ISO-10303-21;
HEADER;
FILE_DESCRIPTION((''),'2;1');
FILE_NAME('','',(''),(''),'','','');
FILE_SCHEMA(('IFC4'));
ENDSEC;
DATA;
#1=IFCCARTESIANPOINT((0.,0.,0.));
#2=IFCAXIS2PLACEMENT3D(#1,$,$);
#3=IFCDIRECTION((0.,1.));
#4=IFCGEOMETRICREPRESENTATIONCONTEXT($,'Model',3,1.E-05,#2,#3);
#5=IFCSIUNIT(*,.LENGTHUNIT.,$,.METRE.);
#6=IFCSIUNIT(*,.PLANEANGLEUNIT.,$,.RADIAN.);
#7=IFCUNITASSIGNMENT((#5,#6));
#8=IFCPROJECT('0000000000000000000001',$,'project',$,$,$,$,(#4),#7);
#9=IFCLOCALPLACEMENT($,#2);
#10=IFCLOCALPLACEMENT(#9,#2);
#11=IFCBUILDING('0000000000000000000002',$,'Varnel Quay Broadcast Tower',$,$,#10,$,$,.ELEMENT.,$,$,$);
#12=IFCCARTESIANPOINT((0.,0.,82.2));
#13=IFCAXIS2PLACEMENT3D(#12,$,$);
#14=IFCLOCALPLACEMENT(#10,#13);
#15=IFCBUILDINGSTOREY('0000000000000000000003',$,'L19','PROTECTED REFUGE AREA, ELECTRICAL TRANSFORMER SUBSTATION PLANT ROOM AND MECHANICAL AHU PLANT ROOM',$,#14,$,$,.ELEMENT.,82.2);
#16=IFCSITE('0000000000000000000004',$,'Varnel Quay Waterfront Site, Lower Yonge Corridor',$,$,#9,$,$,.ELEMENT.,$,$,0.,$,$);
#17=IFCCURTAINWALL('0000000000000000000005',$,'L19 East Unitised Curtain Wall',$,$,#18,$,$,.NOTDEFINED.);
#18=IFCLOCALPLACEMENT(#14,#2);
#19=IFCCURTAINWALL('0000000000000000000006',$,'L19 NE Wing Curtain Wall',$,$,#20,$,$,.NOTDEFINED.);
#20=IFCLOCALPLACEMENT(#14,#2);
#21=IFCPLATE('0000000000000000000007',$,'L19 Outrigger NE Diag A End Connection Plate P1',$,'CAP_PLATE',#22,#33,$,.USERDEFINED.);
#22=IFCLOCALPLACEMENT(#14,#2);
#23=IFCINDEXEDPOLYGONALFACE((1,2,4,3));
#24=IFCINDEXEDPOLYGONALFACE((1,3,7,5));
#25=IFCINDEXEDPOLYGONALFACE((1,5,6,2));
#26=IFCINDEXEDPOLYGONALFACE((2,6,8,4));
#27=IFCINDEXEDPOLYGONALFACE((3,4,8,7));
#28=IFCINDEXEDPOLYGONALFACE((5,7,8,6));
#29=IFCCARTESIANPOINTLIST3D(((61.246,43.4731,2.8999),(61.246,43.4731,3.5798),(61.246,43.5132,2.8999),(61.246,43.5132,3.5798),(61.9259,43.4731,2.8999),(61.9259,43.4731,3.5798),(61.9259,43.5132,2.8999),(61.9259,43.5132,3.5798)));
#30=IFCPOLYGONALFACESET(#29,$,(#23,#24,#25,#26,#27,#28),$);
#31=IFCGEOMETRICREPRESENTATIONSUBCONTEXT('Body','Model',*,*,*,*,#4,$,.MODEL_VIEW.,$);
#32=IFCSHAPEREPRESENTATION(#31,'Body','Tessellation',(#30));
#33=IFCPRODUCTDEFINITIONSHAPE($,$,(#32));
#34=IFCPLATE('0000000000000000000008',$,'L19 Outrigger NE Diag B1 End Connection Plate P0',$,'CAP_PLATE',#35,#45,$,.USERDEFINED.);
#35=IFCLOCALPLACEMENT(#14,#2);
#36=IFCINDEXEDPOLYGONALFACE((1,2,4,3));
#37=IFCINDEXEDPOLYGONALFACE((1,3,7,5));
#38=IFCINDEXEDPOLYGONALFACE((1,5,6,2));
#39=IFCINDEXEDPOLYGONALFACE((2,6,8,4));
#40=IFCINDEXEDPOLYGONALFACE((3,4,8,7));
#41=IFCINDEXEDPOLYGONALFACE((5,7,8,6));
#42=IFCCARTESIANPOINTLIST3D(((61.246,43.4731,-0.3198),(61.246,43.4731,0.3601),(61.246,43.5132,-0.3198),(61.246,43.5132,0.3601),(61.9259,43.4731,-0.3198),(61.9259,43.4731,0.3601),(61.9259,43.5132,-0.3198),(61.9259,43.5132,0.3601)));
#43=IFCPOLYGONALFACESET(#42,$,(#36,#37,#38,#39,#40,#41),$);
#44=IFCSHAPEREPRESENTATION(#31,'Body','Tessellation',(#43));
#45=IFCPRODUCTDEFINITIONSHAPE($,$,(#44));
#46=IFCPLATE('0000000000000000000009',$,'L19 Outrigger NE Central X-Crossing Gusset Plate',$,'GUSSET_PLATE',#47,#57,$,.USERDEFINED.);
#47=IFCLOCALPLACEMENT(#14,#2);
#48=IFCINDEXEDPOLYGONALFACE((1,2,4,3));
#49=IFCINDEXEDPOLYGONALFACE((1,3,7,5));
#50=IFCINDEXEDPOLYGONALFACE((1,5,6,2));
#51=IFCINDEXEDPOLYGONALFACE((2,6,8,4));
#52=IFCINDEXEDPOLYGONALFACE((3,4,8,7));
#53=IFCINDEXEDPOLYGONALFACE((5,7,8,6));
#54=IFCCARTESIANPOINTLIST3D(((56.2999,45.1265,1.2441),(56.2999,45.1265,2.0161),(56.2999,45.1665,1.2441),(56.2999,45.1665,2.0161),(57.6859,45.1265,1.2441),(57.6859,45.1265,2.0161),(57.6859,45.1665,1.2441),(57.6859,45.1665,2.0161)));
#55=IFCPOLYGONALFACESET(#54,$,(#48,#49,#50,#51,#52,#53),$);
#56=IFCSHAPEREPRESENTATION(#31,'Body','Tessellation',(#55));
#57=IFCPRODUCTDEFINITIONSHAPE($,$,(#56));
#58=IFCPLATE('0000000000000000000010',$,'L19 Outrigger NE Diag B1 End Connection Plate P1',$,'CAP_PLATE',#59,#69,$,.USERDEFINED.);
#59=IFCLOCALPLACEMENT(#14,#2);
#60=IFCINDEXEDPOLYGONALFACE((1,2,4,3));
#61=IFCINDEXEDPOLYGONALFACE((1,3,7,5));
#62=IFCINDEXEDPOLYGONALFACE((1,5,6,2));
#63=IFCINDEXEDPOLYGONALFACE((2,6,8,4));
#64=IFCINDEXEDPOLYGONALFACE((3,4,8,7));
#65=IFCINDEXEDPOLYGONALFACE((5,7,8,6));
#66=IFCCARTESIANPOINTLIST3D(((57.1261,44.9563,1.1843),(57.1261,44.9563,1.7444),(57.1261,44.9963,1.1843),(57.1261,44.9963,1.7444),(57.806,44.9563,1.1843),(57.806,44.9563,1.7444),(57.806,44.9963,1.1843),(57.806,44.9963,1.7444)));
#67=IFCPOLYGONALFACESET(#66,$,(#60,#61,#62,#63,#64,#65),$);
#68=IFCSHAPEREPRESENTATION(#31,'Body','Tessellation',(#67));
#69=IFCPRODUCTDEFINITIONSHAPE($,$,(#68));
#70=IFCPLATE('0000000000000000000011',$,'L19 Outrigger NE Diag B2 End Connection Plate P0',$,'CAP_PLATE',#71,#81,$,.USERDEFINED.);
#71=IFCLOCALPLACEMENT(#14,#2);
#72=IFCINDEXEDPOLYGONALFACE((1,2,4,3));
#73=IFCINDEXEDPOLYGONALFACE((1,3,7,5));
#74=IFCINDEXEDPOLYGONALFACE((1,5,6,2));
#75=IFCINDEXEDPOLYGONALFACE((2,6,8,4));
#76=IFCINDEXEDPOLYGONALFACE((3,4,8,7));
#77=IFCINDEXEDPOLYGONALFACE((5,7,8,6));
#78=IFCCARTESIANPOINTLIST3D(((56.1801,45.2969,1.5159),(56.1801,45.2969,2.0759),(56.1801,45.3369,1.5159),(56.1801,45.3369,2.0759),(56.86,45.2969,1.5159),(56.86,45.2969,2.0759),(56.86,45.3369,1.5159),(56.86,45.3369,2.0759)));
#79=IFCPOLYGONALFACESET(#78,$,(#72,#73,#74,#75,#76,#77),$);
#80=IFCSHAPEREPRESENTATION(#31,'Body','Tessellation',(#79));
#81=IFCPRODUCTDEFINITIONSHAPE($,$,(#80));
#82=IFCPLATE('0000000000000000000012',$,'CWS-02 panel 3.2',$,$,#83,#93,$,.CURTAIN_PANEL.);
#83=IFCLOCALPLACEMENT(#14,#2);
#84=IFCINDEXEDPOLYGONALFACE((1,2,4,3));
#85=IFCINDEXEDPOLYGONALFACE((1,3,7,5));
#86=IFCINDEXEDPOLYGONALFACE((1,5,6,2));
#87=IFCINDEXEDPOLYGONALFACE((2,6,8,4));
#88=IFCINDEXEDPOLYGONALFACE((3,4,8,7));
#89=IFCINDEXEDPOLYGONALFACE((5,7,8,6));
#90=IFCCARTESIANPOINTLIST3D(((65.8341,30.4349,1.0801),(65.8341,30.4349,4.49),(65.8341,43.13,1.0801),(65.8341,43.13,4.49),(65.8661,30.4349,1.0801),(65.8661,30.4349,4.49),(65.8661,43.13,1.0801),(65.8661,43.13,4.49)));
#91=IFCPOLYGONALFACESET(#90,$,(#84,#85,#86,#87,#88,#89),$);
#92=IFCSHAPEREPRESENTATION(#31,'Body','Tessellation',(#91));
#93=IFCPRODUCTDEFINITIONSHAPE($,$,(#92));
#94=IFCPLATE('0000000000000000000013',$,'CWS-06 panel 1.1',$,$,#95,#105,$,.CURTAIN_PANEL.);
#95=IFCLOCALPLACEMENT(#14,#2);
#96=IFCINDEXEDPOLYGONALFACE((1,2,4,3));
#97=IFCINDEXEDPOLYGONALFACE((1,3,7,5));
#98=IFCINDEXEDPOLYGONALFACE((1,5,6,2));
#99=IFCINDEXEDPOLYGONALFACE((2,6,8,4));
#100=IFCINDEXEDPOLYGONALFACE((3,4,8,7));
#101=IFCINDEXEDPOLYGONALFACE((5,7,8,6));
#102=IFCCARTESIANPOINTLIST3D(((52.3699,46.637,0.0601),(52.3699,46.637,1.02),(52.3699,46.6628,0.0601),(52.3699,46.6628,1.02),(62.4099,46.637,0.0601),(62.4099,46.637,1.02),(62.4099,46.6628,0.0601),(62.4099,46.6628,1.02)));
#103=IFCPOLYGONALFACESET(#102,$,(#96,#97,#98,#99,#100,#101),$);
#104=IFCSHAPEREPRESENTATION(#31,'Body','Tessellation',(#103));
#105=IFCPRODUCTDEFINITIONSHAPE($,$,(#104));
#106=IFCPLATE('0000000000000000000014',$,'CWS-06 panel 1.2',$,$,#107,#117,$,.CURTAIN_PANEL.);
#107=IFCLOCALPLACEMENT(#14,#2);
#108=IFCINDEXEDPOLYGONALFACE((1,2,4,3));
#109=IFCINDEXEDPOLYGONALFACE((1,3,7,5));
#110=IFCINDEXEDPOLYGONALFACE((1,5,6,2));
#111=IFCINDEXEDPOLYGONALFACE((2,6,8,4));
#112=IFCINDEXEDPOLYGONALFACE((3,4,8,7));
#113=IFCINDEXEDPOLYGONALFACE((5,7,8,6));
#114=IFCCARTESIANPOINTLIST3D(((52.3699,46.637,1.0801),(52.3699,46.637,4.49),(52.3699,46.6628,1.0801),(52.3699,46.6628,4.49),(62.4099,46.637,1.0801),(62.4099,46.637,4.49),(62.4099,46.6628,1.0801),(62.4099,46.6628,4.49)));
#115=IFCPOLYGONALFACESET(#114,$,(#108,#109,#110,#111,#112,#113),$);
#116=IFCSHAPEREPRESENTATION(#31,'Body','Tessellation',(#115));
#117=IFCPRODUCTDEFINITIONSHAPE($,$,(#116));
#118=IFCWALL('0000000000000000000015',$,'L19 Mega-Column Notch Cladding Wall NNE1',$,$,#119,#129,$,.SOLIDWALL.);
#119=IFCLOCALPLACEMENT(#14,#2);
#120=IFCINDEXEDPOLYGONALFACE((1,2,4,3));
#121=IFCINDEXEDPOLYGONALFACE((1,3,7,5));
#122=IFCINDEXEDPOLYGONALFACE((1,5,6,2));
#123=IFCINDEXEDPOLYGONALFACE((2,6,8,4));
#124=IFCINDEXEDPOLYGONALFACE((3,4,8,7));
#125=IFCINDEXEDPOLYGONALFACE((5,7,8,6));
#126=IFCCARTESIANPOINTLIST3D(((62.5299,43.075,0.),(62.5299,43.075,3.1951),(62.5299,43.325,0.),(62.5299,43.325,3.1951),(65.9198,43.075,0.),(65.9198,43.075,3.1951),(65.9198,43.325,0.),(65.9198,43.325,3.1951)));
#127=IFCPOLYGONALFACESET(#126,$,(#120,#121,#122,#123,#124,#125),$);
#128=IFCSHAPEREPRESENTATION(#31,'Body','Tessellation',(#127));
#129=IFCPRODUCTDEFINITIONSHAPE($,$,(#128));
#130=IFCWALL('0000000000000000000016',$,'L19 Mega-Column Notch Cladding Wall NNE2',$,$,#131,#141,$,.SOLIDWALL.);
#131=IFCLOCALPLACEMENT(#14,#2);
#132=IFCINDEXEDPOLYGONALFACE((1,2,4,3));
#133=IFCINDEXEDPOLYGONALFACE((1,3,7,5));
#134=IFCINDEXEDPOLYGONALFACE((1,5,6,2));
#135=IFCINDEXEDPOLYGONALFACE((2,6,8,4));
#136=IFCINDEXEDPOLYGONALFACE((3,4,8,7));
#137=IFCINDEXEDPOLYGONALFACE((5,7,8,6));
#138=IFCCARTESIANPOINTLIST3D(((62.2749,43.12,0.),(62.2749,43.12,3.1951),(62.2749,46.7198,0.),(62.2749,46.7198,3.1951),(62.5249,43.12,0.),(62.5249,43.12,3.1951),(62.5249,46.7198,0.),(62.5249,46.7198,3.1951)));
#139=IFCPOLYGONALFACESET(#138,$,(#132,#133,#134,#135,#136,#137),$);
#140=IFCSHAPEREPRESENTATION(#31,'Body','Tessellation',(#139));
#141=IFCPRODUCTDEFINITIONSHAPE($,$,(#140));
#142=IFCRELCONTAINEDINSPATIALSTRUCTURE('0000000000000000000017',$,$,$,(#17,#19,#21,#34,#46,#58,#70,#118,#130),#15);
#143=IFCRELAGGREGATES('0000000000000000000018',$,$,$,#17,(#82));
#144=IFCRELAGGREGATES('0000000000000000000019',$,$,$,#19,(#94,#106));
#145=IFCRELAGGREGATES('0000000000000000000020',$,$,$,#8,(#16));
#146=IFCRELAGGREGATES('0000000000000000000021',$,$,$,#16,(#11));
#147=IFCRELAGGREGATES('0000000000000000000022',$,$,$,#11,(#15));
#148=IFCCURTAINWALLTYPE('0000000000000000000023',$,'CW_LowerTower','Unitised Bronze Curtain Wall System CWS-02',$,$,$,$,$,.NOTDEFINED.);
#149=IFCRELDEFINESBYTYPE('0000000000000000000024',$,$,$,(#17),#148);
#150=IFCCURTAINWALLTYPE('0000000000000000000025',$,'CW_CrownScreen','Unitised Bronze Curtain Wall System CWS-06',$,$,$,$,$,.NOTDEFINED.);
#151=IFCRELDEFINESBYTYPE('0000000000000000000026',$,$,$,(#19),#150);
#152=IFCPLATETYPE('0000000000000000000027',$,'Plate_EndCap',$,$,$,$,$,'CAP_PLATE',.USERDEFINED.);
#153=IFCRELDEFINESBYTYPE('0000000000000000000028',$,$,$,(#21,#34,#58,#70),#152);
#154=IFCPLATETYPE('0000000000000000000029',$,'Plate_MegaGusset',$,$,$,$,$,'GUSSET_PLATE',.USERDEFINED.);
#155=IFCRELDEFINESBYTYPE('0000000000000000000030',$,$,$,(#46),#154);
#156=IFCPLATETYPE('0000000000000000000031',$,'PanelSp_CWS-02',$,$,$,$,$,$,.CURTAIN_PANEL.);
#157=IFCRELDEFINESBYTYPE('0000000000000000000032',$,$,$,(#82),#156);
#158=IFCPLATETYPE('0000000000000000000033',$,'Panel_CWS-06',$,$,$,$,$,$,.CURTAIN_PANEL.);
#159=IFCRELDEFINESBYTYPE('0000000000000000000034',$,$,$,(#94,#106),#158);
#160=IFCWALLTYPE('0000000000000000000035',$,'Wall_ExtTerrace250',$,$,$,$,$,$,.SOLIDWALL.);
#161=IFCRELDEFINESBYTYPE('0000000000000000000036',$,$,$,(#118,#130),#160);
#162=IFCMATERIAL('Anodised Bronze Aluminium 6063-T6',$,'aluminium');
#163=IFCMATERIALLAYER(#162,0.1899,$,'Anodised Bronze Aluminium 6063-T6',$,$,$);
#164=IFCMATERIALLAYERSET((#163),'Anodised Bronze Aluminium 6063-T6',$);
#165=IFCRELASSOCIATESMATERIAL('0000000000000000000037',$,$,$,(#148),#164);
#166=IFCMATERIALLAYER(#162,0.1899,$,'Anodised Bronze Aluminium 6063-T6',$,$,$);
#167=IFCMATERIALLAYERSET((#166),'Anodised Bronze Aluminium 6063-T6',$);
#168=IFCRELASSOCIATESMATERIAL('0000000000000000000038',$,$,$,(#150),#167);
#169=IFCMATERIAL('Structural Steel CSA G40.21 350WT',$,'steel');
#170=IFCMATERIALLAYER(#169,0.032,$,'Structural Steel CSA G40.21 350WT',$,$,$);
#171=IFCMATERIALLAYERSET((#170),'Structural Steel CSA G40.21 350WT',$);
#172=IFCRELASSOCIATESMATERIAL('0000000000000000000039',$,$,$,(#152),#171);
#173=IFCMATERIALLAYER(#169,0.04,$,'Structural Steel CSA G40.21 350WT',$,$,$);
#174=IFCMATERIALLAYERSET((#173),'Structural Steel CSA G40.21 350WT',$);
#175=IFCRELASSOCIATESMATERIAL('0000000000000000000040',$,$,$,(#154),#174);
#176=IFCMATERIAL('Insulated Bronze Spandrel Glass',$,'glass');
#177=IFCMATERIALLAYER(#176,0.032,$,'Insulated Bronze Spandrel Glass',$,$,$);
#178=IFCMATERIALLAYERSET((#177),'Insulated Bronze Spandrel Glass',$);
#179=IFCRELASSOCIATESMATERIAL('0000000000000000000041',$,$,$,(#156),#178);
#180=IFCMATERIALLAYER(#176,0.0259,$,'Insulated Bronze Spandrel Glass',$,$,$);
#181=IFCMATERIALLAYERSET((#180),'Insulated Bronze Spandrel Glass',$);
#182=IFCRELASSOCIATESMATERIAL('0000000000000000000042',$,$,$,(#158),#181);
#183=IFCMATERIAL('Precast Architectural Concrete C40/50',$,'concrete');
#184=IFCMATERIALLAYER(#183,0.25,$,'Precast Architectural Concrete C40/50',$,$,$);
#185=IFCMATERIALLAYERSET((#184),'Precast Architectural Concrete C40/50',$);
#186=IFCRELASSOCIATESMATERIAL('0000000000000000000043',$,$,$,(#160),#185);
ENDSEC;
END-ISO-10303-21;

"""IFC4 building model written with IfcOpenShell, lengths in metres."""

from ifc_helpers import new_model, si_unit, direction, frame, frame_2d, origin, origin_2d, place, context, subcontext, project, spatial, rectangle, extrude, source, transform, mapped, material, layer, layer_set, type_object, type_shapes, element, aggregate, save


model = new_model("IFC4")

# Units and contexts
model_context = context("Model", 3, precision=1e-05, world=origin(), true_north=direction((0.0, 1.0)))
body_context = subcontext(model_context, "Body", "Model", "MODEL_VIEW")
ifc_project = project(units=[si_unit("LENGTHUNIT", "METRE"), si_unit("PLANEANGLEUNIT", "RADIAN")], contexts=[model_context])

# Site, building, storey
site_placement = place(None, origin())
site = spatial("IfcSite", under=ifc_project, at=site_placement, Name="Varnel Quay Waterfront Site, Lower Yonge Corridor", CompositionType="ELEMENT", RefElevation=0.0)
building_placement = place(site_placement, origin())
building = spatial("IfcBuilding", under=site, at=building_placement, Name="Varnel Quay Broadcast Tower", CompositionType="ELEMENT")
storey_placement = place(building_placement, frame((0.0, 0.0, 82.2)))
storey = spatial("IfcBuildingStorey", under=building, at=storey_placement, Name="L19", Description="PROTECTED REFUGE AREA, ELECTRICAL TRANSFORMER SUBSTATION PLANT ROOM AND MECHANICAL AHU PLANT ROOM", CompositionType="ELEMENT", Elevation=82.2)

# Shared definitions
ifc_material_1 = material(Name="Structural Steel CSA G40.21 350WT", Category="steel")

# Curtain walls
ifc_material_2 = material(Name="Anodised Bronze Aluminium 6063-T6", Category="aluminium")
ifc_layer_1 = layer(ifc_material_2, 0.1899, Name="Anodised Bronze Aluminium 6063-T6")
ifc_layer_set_1 = layer_set([ifc_layer_1], Name="Anodised Bronze Aluminium 6063-T6")
curtain_wall_type_1 = type_object("IfcCurtainWallType", Name="CW_LowerTower", Description="Unitised Bronze Curtain Wall System CWS-02", PredefinedType="NOTDEFINED", material=ifc_layer_set_1)
curtain_wall_1_placement = place(storey_placement, origin())
curtain_wall_1 = element("IfcCurtainWall", 1, at=curtain_wall_1_placement, inside=storey, type_object=curtain_wall_type_1, Name="L19 East Unitised Curtain Wall", PredefinedType="NOTDEFINED")
ifc_layer_2 = layer(ifc_material_2, 0.1899, Name="Anodised Bronze Aluminium 6063-T6")
ifc_layer_set_2 = layer_set([ifc_layer_2], Name="Anodised Bronze Aluminium 6063-T6")
curtain_wall_type_2 = type_object("IfcCurtainWallType", Name="CW_CrownScreen", Description="Unitised Bronze Curtain Wall System CWS-06", PredefinedType="NOTDEFINED", material=ifc_layer_set_2)
curtain_wall_2_placement = place(storey_placement, origin())
curtain_wall_2 = element("IfcCurtainWall", 2, at=curtain_wall_2_placement, inside=storey, type_object=curtain_wall_type_2, Name="L19 NE Wing Curtain Wall", PredefinedType="NOTDEFINED")

# Plates
ifc_layer_3 = layer(ifc_material_1, 0.032, Name="Structural Steel CSA G40.21 350WT")
ifc_layer_set_3 = layer_set([ifc_layer_3], Name="Structural Steel CSA G40.21 350WT")
plate_type_1 = type_object("IfcPlateType", Name="Plate_EndCap", ElementType="CAP_PLATE", PredefinedType="USERDEFINED", material=ifc_layer_set_3)
shared_shape_1 = source(origin(), body_context, "Body", "SweptSolid", [
    extrude(rectangle(XDim=0.6799, YDim=0.04, at=origin_2d()), origin(), (0.0, 0.0, 1.0), 0.6799),
])
for number, where, z_axis, x_axis, name in (
    (3, (61.5859, 43.4932, 2.8999), (0.0, 0.0, 1.0), (1.0, 0.0, 0.0), "L19 Outrigger NE Diag A End Connection Plate P1"),
    (4, (61.5859, 43.4932, -0.3198), (0.0, 0.0, 1.0), (1.0, 0.0, 0.0), "L19 Outrigger NE Diag B1 End Connection Plate P0"),
):
    element("IfcPlate", number, at=place(storey_placement, frame(where, z_axis=z_axis, x_axis=x_axis)), inside=storey, type_object=plate_type_1, Name=name, ObjectType="CAP_PLATE", PredefinedType="USERDEFINED", context=body_context, shape_type="MappedRepresentation", body=[
        mapped(shared_shape_1, transform((0.0, 0.0, 0.0), x_axis=(1.0, 0.0, 0.0), y_axis=(0.0, 1.0, 0.0), z_axis=(0.0, 0.0, 1.0), scale=1.0)),
    ])
ifc_layer_4 = layer(ifc_material_1, 0.04, Name="Structural Steel CSA G40.21 350WT")
ifc_layer_set_4 = layer_set([ifc_layer_4], Name="Structural Steel CSA G40.21 350WT")
plate_type_2 = type_object("IfcPlateType", Name="Plate_MegaGusset", ElementType="GUSSET_PLATE", PredefinedType="USERDEFINED", material=ifc_layer_set_4)
shared_shape_2 = source(origin(), body_context, "Body", "SweptSolid", [
    extrude(rectangle(XDim=1.386, YDim=0.04, at=origin_2d()), origin(), (0.0, 0.0, 1.0), 0.772),
])
type_shapes(plate_type_2, [shared_shape_2])
plate_1_placement = place(storey_placement, frame((56.9929, 45.1465, 1.2441), z_axis=(0.0, 0.0, 1.0), x_axis=(1.0, 0.0, 0.0)))
element("IfcPlate", 5, at=plate_1_placement, inside=storey, type_object=plate_type_2, Name="L19 Outrigger NE Central X-Crossing Gusset Plate", ObjectType="GUSSET_PLATE", PredefinedType="USERDEFINED", context=body_context, shape_type="MappedRepresentation", body=[
    mapped(shared_shape_2, transform((0.0, 0.0, 0.0), x_axis=(1.0, 0.0, 0.0), y_axis=(0.0, 1.0, 0.0), z_axis=(0.0, 0.0, 1.0), scale=1.0)),
])
shared_shape_3 = source(origin(), body_context, "Body", "SweptSolid", [
    extrude(rectangle(XDim=0.6799, YDim=0.04, at=origin_2d()), origin(), (0.0, 0.0, 1.0), 0.5601),
])
type_shapes(plate_type_1, [shared_shape_1, shared_shape_3])
for number, where, z_axis, x_axis, name in (
    (6, (57.4661, 44.9763, 1.1843), (0.0, 0.0, 1.0), (1.0, 0.0, 0.0), "L19 Outrigger NE Diag B1 End Connection Plate P1"),
    (7, (56.52, 45.3169, 1.5159), (0.0, 0.0, 1.0), (1.0, 0.0, 0.0), "L19 Outrigger NE Diag B2 End Connection Plate P0"),
):
    element("IfcPlate", number, at=place(storey_placement, frame(where, z_axis=z_axis, x_axis=x_axis)), inside=storey, type_object=plate_type_1, Name=name, ObjectType="CAP_PLATE", PredefinedType="USERDEFINED", context=body_context, shape_type="MappedRepresentation", body=[
        mapped(shared_shape_3, transform((0.0, 0.0, 0.0), x_axis=(1.0, 0.0, 0.0), y_axis=(0.0, 1.0, 0.0), z_axis=(0.0, 0.0, 1.0), scale=1.0)),
    ])

# Plates
ifc_material_3 = material(Name="Insulated Bronze Spandrel Glass", Category="glass")
ifc_layer_5 = layer(ifc_material_3, 0.032, Name="Insulated Bronze Spandrel Glass")
ifc_layer_set_5 = layer_set([ifc_layer_5], Name="Insulated Bronze Spandrel Glass")
plate_type_3 = type_object("IfcPlateType", Name="PanelSp_CWS-02", PredefinedType="CURTAIN_PANEL", material=ifc_layer_set_5)
shared_shape_4 = source(origin(), body_context, "Body", "SweptSolid", [
    extrude(rectangle(XDim=12.6951, YDim=0.032, at=origin_2d()), origin(), (0.0, 0.0, 1.0), 3.4099),
])
type_shapes(plate_type_3, [shared_shape_4])
plate_2_placement = place(storey_placement, frame((65.8501, 36.7825, 1.0801), z_axis=(0.0, 0.0, 1.0), x_axis=(0.0, 1.0, 0.0)))
plate_2 = element("IfcPlate", 8, at=plate_2_placement, type_object=plate_type_3, Name="CWS-02 panel 3.2", PredefinedType="CURTAIN_PANEL", context=body_context, shape_type="MappedRepresentation", body=[
    mapped(shared_shape_4, transform((0.0, 0.0, 0.0), x_axis=(1.0, 0.0, 0.0), y_axis=(0.0, 1.0, 0.0), z_axis=(0.0, 0.0, 1.0), scale=1.0)),
])
aggregate(curtain_wall_1, [plate_2])
ifc_layer_6 = layer(ifc_material_3, 0.0259, Name="Insulated Bronze Spandrel Glass")
ifc_layer_set_6 = layer_set([ifc_layer_6], Name="Insulated Bronze Spandrel Glass")
plate_type_4 = type_object("IfcPlateType", Name="Panel_CWS-06", PredefinedType="CURTAIN_PANEL", material=ifc_layer_set_6)
shared_shape_5 = source(origin(), body_context, "Body", "SweptSolid", [
    extrude(rectangle(XDim=10.04, YDim=0.0259, at=origin_2d()), origin(), (0.0, 0.0, 1.0), 0.96),
])
plate_3_placement = place(storey_placement, frame((57.3899, 46.6499, 0.0601), z_axis=(0.0, 0.0, 1.0), x_axis=(1.0, 0.0, 0.0)))
plate_3 = element("IfcPlate", 9, at=plate_3_placement, type_object=plate_type_4, Name="CWS-06 panel 1.1", PredefinedType="CURTAIN_PANEL", context=body_context, shape_type="MappedRepresentation", body=[
    mapped(shared_shape_5, transform((0.0, 0.0, 0.0), x_axis=(1.0, 0.0, 0.0), y_axis=(0.0, 1.0, 0.0), z_axis=(0.0, 0.0, 1.0), scale=1.0)),
])
shared_shape_6 = source(origin(), body_context, "Body", "SweptSolid", [
    extrude(rectangle(XDim=10.04, YDim=0.0259, at=origin_2d()), origin(), (0.0, 0.0, 1.0), 3.4099),
])
type_shapes(plate_type_4, [shared_shape_5, shared_shape_6])
plate_4_placement = place(storey_placement, frame((57.3899, 46.6499, 1.0801), z_axis=(0.0, 0.0, 1.0), x_axis=(1.0, 0.0, 0.0)))
plate_4 = element("IfcPlate", 10, at=plate_4_placement, type_object=plate_type_4, Name="CWS-06 panel 1.2", PredefinedType="CURTAIN_PANEL", context=body_context, shape_type="MappedRepresentation", body=[
    mapped(shared_shape_6, transform((0.0, 0.0, 0.0), x_axis=(1.0, 0.0, 0.0), y_axis=(0.0, 1.0, 0.0), z_axis=(0.0, 0.0, 1.0), scale=1.0)),
])
aggregate(curtain_wall_2, [plate_3, plate_4])

# Walls
ifc_material_4 = material(Name="Precast Architectural Concrete C40/50", Category="concrete")
ifc_layer_7 = layer(ifc_material_4, 0.25, Name="Precast Architectural Concrete C40/50")
ifc_layer_set_7 = layer_set([ifc_layer_7], Name="Precast Architectural Concrete C40/50")
wall_type = type_object("IfcWallType", Name="Wall_ExtTerrace250", PredefinedType="SOLIDWALL", material=ifc_layer_set_7)
wall_1_placement = place(storey_placement, frame((62.53, 43.2, 0.0), z_axis=(0.0, 0.0, 1.0), x_axis=(1.0, 0.0, 0.0)))
element("IfcWall", 11, at=wall_1_placement, inside=storey, type_object=wall_type, Name="L19 Mega-Column Notch Cladding Wall NNE1", PredefinedType="SOLIDWALL", context=body_context, shape_type="SweptSolid", body=[
    extrude(rectangle(XDim=3.3899, YDim=0.25, at=frame_2d((1.6948, 0.0))), origin(), (0.0, 0.0, 1.0), 3.1951),
])
wall_2_placement = place(storey_placement, frame((62.3999, 43.1201, 0.0), z_axis=(0.0, 0.0, 1.0), x_axis=(0.0, 1.0, 0.0)))
element("IfcWall", 12, at=wall_2_placement, inside=storey, type_object=wall_type, Name="L19 Mega-Column Notch Cladding Wall NNE2", PredefinedType="SOLIDWALL", context=body_context, shape_type="SweptSolid", body=[
    extrude(rectangle(XDim=3.5999, YDim=0.25, at=frame_2d((1.7998, 0.0))), origin(), (0.0, 0.0, 1.0), 3.1951),
])

save(model, "model.ifc")
